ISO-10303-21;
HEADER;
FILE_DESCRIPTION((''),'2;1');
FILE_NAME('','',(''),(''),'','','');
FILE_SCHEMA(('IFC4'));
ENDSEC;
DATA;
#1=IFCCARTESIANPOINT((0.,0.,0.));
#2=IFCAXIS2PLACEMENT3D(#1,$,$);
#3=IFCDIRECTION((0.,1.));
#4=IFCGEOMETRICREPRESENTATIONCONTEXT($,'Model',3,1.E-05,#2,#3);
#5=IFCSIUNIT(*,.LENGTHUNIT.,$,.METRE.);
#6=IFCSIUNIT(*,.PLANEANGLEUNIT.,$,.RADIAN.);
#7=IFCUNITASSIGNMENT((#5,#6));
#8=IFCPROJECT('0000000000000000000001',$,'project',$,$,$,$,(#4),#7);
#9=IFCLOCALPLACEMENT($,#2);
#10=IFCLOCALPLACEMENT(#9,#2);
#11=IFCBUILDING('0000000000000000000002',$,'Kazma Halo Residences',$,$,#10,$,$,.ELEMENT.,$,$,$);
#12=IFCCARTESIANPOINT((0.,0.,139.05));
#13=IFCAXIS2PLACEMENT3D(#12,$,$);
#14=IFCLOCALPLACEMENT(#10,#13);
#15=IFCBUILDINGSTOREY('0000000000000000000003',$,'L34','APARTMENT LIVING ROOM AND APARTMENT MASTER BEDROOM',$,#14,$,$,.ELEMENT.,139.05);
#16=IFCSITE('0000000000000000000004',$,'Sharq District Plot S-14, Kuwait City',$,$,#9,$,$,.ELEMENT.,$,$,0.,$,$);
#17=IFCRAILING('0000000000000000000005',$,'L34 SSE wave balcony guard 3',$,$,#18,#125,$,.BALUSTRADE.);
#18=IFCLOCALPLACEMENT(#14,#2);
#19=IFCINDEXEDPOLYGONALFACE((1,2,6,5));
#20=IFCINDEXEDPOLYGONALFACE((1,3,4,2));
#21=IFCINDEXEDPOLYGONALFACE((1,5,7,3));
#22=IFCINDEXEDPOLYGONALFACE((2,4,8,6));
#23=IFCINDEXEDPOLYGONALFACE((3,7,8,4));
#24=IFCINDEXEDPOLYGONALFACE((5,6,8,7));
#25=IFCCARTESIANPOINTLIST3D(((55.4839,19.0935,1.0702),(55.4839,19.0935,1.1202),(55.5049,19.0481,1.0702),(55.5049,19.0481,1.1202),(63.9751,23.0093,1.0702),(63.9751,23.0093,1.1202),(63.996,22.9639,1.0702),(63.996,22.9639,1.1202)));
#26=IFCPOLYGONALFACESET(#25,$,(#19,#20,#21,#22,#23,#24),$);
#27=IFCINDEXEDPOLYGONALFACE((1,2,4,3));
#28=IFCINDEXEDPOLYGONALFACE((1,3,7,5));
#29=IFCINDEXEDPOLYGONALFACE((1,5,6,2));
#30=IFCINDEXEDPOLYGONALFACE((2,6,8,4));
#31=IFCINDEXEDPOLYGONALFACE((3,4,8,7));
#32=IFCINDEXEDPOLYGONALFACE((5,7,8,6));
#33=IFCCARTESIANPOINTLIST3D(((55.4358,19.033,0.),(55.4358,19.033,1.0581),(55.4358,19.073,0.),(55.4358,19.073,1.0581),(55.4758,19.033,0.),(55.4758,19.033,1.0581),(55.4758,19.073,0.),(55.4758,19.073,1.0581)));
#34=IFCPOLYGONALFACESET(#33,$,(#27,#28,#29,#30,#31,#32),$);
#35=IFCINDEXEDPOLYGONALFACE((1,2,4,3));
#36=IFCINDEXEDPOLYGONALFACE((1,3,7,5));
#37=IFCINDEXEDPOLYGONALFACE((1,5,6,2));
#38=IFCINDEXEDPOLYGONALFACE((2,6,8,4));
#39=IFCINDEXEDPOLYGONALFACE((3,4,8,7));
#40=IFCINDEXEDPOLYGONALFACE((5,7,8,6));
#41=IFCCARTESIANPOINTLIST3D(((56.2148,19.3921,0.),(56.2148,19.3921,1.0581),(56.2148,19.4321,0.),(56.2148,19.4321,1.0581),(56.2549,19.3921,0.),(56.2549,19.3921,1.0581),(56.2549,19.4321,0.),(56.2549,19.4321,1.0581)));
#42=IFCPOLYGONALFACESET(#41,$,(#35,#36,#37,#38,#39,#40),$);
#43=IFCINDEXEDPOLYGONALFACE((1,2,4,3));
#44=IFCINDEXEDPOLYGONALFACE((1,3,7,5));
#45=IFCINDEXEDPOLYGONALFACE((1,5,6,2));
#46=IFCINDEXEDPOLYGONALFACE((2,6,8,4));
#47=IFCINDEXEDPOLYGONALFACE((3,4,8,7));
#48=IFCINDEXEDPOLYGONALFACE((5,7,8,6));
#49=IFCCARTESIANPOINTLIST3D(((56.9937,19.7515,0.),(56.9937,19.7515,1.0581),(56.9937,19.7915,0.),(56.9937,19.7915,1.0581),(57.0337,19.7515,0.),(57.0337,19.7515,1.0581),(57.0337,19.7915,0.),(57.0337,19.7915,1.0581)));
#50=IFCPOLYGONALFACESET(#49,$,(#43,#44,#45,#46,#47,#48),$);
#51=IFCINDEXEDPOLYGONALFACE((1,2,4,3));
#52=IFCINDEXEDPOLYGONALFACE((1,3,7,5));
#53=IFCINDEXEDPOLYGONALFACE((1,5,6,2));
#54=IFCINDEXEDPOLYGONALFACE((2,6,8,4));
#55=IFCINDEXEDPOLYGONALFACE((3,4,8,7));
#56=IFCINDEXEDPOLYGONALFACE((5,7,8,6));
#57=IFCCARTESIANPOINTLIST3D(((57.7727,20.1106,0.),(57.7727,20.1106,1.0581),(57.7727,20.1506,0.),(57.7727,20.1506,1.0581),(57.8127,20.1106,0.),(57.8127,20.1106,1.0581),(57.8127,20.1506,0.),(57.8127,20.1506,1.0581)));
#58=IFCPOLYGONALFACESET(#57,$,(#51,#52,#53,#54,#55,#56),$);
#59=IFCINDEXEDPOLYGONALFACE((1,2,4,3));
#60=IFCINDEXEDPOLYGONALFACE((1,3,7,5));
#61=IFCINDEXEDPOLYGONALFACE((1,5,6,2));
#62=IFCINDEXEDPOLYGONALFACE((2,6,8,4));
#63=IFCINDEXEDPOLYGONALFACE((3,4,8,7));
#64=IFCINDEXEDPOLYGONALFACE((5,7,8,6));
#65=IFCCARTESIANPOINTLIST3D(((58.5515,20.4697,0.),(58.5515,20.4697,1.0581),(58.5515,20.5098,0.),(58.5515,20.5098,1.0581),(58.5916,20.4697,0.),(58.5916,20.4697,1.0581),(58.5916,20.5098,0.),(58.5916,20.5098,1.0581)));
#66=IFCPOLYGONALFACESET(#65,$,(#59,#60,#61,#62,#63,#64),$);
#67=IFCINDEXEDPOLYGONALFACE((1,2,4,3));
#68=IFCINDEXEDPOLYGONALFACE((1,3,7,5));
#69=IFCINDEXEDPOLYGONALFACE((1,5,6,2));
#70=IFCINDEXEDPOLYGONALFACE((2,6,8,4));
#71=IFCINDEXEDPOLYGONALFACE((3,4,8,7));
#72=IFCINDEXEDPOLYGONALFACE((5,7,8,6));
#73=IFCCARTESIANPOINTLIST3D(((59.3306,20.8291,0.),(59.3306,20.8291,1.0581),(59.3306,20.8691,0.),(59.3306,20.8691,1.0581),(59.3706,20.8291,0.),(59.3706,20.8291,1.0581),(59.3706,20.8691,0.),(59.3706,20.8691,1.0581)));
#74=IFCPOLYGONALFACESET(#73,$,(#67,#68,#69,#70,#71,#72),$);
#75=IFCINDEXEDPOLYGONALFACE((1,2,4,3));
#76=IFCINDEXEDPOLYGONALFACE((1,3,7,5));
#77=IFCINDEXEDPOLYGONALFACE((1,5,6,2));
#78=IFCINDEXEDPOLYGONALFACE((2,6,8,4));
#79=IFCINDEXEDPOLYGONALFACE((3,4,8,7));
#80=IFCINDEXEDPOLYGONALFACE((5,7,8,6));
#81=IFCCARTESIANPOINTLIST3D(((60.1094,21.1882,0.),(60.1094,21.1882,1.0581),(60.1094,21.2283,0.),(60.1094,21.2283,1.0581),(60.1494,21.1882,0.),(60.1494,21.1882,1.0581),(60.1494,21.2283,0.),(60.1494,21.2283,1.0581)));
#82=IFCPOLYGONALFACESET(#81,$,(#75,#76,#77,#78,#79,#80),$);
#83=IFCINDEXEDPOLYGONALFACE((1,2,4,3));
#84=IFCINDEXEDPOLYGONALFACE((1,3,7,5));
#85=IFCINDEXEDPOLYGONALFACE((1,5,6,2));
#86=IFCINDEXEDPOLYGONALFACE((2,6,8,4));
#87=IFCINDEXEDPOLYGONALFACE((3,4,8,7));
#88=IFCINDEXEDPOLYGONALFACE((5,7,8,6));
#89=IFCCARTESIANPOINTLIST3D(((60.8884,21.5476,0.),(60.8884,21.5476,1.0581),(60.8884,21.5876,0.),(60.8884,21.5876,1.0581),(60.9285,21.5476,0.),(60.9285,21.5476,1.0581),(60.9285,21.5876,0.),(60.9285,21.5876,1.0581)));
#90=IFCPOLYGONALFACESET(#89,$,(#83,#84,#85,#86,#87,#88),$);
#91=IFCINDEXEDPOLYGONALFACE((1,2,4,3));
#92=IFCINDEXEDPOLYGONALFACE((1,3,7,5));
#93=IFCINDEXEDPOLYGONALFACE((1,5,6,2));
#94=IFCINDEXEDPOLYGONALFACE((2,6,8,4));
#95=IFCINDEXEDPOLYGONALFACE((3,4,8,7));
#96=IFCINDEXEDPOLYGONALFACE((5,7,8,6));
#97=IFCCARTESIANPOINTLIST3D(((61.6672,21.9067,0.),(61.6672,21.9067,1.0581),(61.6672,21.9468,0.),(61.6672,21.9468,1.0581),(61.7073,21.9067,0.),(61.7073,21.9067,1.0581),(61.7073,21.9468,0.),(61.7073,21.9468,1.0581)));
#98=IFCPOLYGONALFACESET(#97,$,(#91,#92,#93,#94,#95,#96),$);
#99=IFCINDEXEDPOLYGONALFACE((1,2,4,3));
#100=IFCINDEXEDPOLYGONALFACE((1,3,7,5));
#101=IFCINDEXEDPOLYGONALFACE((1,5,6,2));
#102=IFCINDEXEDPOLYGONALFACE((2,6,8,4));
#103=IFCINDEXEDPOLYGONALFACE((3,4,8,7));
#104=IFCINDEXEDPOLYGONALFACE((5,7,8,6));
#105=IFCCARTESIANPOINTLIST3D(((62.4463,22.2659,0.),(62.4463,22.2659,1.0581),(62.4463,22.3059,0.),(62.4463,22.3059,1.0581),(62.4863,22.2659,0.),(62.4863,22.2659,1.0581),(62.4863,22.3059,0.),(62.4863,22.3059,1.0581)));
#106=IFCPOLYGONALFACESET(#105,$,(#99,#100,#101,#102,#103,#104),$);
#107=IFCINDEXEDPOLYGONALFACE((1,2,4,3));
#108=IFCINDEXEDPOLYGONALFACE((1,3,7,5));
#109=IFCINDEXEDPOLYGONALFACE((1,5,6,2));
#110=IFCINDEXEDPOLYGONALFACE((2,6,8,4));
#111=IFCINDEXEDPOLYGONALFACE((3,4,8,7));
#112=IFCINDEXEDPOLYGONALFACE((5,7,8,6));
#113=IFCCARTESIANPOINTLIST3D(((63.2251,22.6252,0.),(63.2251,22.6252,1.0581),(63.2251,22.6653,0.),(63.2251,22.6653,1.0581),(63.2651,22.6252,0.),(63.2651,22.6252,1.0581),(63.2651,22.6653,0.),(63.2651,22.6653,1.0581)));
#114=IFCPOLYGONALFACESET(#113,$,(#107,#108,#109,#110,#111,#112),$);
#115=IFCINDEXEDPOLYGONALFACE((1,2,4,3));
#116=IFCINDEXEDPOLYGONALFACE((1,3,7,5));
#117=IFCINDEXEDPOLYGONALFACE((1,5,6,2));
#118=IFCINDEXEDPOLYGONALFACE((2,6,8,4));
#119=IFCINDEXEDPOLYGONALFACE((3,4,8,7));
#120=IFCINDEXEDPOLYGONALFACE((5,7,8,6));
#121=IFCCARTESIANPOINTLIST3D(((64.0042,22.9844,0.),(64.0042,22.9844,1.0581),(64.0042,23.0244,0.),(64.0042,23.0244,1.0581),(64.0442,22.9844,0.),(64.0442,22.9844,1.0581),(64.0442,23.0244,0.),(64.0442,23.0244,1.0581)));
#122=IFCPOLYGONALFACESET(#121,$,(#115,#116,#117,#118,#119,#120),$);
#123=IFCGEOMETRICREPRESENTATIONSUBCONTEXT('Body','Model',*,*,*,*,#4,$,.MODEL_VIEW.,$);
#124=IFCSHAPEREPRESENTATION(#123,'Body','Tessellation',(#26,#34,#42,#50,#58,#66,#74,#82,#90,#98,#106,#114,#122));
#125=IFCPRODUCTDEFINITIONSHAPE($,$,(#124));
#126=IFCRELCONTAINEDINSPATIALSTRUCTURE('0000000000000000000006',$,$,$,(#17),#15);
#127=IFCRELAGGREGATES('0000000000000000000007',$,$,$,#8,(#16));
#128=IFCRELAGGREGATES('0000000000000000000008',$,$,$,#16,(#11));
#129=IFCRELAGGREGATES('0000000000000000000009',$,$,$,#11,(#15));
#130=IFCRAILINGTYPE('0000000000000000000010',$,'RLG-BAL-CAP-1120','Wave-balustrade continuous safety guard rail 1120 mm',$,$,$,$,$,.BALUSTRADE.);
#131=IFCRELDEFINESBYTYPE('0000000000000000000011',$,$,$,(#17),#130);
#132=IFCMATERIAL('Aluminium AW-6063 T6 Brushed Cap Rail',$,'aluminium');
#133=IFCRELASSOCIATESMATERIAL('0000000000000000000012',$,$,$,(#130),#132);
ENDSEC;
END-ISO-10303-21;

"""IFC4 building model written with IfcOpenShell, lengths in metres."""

from ifc_helpers import new_model, si_unit, direction, frame, origin, origin_2d, place, context, subcontext, project, spatial, rectangle, extrude, material, type_object, element, save


model = new_model("IFC4")

# Units and contexts
model_context = context("Model", 3, precision=1e-05, world=origin(), true_north=direction((0.0, 1.0)))
body_context = subcontext(model_context, "Body", "Model", "MODEL_VIEW")
ifc_project = project(units=[si_unit("LENGTHUNIT", "METRE"), si_unit("PLANEANGLEUNIT", "RADIAN")], contexts=[model_context])

# Site, building, storey
site_placement = place(None, origin())
site = spatial("IfcSite", under=ifc_project, at=site_placement, Name="Sharq District Plot S-14, Kuwait City", CompositionType="ELEMENT", RefElevation=0.0)
building_placement = place(site_placement, origin())
building = spatial("IfcBuilding", under=site, at=building_placement, Name="Kazma Halo Residences", CompositionType="ELEMENT")
storey_placement = place(building_placement, frame((0.0, 0.0, 139.05)))
storey = spatial("IfcBuildingStorey", under=building, at=storey_placement, Name="L34", Description="APARTMENT LIVING ROOM AND APARTMENT MASTER BEDROOM", CompositionType="ELEMENT", Elevation=139.05)

# Railing
ifc_material_1 = material(Name="Aluminium AW-6063 T6 Brushed Cap Rail", Category="aluminium")
railing_type = type_object("IfcRailingType", Name="RLG-BAL-CAP-1120", Description="Wave-balustrade continuous safety guard rail 1120 mm", PredefinedType="BALUSTRADE", material=ifc_material_1)
railing_placement = place(storey_placement, frame((55.4558, 19.053, 0.0)))
element("IfcRailing", 1, at=railing_placement, inside=storey, type_object=railing_type, Name="L34 SSE wave balcony guard 3", PredefinedType="BALUSTRADE", context=body_context, shape_type="SweptSolid", body=[
    extrude(rectangle(XDim=0.05, YDim=0.05, at=origin_2d()), frame((0.0386, 0.0178, 1.0952), z_axis=(0.908089, 0.418778, 0.0), x_axis=(-0.418778, 0.908089, 0.0)), (0.0, 0.0, 1.0), 9.3506),
    extrude(rectangle(XDim=0.04, YDim=0.04, at=origin_2d()), origin(), (0.0, 0.0, 1.0), 1.0581),
    extrude(rectangle(XDim=0.04, YDim=0.04, at=origin_2d()), frame((0.7791, 0.3591, 0.0)), (0.0, 0.0, 1.0), 1.0581),
    extrude(rectangle(XDim=0.04, YDim=0.04, at=origin_2d()), frame((1.5579, 0.7185, 0.0)), (0.0, 0.0, 1.0), 1.0581),
    extrude(rectangle(XDim=0.04, YDim=0.04, at=origin_2d()), frame((2.3369, 1.0776, 0.0)), (0.0, 0.0, 1.0), 1.0581),
    extrude(rectangle(XDim=0.04, YDim=0.04, at=origin_2d()), frame((3.1157, 1.4368, 0.0)), (0.0, 0.0, 1.0), 1.0581),
    extrude(rectangle(XDim=0.04, YDim=0.04, at=origin_2d()), frame((3.8948, 1.7961, 0.0)), (0.0, 0.0, 1.0), 1.0581),
    extrude(rectangle(XDim=0.04, YDim=0.04, at=origin_2d()), frame((4.6736, 2.1553, 0.0)), (0.0, 0.0, 1.0), 1.0581),
    extrude(rectangle(XDim=0.04, YDim=0.04, at=origin_2d()), frame((5.4526, 2.5146, 0.0)), (0.0, 0.0, 1.0), 1.0581),
    extrude(rectangle(XDim=0.04, YDim=0.04, at=origin_2d()), frame((6.2314, 2.8738, 0.0)), (0.0, 0.0, 1.0), 1.0581),
    extrude(rectangle(XDim=0.04, YDim=0.04, at=origin_2d()), frame((7.0105, 3.2329, 0.0)), (0.0, 0.0, 1.0), 1.0581),
    extrude(rectangle(XDim=0.04, YDim=0.04, at=origin_2d()), frame((7.7893, 3.5923, 0.0)), (0.0, 0.0, 1.0), 1.0581),
    extrude(rectangle(XDim=0.04, YDim=0.04, at=origin_2d()), frame((8.5684, 3.9514, 0.0)), (0.0, 0.0, 1.0), 1.0581),
])

save(model, "model.ifc")
